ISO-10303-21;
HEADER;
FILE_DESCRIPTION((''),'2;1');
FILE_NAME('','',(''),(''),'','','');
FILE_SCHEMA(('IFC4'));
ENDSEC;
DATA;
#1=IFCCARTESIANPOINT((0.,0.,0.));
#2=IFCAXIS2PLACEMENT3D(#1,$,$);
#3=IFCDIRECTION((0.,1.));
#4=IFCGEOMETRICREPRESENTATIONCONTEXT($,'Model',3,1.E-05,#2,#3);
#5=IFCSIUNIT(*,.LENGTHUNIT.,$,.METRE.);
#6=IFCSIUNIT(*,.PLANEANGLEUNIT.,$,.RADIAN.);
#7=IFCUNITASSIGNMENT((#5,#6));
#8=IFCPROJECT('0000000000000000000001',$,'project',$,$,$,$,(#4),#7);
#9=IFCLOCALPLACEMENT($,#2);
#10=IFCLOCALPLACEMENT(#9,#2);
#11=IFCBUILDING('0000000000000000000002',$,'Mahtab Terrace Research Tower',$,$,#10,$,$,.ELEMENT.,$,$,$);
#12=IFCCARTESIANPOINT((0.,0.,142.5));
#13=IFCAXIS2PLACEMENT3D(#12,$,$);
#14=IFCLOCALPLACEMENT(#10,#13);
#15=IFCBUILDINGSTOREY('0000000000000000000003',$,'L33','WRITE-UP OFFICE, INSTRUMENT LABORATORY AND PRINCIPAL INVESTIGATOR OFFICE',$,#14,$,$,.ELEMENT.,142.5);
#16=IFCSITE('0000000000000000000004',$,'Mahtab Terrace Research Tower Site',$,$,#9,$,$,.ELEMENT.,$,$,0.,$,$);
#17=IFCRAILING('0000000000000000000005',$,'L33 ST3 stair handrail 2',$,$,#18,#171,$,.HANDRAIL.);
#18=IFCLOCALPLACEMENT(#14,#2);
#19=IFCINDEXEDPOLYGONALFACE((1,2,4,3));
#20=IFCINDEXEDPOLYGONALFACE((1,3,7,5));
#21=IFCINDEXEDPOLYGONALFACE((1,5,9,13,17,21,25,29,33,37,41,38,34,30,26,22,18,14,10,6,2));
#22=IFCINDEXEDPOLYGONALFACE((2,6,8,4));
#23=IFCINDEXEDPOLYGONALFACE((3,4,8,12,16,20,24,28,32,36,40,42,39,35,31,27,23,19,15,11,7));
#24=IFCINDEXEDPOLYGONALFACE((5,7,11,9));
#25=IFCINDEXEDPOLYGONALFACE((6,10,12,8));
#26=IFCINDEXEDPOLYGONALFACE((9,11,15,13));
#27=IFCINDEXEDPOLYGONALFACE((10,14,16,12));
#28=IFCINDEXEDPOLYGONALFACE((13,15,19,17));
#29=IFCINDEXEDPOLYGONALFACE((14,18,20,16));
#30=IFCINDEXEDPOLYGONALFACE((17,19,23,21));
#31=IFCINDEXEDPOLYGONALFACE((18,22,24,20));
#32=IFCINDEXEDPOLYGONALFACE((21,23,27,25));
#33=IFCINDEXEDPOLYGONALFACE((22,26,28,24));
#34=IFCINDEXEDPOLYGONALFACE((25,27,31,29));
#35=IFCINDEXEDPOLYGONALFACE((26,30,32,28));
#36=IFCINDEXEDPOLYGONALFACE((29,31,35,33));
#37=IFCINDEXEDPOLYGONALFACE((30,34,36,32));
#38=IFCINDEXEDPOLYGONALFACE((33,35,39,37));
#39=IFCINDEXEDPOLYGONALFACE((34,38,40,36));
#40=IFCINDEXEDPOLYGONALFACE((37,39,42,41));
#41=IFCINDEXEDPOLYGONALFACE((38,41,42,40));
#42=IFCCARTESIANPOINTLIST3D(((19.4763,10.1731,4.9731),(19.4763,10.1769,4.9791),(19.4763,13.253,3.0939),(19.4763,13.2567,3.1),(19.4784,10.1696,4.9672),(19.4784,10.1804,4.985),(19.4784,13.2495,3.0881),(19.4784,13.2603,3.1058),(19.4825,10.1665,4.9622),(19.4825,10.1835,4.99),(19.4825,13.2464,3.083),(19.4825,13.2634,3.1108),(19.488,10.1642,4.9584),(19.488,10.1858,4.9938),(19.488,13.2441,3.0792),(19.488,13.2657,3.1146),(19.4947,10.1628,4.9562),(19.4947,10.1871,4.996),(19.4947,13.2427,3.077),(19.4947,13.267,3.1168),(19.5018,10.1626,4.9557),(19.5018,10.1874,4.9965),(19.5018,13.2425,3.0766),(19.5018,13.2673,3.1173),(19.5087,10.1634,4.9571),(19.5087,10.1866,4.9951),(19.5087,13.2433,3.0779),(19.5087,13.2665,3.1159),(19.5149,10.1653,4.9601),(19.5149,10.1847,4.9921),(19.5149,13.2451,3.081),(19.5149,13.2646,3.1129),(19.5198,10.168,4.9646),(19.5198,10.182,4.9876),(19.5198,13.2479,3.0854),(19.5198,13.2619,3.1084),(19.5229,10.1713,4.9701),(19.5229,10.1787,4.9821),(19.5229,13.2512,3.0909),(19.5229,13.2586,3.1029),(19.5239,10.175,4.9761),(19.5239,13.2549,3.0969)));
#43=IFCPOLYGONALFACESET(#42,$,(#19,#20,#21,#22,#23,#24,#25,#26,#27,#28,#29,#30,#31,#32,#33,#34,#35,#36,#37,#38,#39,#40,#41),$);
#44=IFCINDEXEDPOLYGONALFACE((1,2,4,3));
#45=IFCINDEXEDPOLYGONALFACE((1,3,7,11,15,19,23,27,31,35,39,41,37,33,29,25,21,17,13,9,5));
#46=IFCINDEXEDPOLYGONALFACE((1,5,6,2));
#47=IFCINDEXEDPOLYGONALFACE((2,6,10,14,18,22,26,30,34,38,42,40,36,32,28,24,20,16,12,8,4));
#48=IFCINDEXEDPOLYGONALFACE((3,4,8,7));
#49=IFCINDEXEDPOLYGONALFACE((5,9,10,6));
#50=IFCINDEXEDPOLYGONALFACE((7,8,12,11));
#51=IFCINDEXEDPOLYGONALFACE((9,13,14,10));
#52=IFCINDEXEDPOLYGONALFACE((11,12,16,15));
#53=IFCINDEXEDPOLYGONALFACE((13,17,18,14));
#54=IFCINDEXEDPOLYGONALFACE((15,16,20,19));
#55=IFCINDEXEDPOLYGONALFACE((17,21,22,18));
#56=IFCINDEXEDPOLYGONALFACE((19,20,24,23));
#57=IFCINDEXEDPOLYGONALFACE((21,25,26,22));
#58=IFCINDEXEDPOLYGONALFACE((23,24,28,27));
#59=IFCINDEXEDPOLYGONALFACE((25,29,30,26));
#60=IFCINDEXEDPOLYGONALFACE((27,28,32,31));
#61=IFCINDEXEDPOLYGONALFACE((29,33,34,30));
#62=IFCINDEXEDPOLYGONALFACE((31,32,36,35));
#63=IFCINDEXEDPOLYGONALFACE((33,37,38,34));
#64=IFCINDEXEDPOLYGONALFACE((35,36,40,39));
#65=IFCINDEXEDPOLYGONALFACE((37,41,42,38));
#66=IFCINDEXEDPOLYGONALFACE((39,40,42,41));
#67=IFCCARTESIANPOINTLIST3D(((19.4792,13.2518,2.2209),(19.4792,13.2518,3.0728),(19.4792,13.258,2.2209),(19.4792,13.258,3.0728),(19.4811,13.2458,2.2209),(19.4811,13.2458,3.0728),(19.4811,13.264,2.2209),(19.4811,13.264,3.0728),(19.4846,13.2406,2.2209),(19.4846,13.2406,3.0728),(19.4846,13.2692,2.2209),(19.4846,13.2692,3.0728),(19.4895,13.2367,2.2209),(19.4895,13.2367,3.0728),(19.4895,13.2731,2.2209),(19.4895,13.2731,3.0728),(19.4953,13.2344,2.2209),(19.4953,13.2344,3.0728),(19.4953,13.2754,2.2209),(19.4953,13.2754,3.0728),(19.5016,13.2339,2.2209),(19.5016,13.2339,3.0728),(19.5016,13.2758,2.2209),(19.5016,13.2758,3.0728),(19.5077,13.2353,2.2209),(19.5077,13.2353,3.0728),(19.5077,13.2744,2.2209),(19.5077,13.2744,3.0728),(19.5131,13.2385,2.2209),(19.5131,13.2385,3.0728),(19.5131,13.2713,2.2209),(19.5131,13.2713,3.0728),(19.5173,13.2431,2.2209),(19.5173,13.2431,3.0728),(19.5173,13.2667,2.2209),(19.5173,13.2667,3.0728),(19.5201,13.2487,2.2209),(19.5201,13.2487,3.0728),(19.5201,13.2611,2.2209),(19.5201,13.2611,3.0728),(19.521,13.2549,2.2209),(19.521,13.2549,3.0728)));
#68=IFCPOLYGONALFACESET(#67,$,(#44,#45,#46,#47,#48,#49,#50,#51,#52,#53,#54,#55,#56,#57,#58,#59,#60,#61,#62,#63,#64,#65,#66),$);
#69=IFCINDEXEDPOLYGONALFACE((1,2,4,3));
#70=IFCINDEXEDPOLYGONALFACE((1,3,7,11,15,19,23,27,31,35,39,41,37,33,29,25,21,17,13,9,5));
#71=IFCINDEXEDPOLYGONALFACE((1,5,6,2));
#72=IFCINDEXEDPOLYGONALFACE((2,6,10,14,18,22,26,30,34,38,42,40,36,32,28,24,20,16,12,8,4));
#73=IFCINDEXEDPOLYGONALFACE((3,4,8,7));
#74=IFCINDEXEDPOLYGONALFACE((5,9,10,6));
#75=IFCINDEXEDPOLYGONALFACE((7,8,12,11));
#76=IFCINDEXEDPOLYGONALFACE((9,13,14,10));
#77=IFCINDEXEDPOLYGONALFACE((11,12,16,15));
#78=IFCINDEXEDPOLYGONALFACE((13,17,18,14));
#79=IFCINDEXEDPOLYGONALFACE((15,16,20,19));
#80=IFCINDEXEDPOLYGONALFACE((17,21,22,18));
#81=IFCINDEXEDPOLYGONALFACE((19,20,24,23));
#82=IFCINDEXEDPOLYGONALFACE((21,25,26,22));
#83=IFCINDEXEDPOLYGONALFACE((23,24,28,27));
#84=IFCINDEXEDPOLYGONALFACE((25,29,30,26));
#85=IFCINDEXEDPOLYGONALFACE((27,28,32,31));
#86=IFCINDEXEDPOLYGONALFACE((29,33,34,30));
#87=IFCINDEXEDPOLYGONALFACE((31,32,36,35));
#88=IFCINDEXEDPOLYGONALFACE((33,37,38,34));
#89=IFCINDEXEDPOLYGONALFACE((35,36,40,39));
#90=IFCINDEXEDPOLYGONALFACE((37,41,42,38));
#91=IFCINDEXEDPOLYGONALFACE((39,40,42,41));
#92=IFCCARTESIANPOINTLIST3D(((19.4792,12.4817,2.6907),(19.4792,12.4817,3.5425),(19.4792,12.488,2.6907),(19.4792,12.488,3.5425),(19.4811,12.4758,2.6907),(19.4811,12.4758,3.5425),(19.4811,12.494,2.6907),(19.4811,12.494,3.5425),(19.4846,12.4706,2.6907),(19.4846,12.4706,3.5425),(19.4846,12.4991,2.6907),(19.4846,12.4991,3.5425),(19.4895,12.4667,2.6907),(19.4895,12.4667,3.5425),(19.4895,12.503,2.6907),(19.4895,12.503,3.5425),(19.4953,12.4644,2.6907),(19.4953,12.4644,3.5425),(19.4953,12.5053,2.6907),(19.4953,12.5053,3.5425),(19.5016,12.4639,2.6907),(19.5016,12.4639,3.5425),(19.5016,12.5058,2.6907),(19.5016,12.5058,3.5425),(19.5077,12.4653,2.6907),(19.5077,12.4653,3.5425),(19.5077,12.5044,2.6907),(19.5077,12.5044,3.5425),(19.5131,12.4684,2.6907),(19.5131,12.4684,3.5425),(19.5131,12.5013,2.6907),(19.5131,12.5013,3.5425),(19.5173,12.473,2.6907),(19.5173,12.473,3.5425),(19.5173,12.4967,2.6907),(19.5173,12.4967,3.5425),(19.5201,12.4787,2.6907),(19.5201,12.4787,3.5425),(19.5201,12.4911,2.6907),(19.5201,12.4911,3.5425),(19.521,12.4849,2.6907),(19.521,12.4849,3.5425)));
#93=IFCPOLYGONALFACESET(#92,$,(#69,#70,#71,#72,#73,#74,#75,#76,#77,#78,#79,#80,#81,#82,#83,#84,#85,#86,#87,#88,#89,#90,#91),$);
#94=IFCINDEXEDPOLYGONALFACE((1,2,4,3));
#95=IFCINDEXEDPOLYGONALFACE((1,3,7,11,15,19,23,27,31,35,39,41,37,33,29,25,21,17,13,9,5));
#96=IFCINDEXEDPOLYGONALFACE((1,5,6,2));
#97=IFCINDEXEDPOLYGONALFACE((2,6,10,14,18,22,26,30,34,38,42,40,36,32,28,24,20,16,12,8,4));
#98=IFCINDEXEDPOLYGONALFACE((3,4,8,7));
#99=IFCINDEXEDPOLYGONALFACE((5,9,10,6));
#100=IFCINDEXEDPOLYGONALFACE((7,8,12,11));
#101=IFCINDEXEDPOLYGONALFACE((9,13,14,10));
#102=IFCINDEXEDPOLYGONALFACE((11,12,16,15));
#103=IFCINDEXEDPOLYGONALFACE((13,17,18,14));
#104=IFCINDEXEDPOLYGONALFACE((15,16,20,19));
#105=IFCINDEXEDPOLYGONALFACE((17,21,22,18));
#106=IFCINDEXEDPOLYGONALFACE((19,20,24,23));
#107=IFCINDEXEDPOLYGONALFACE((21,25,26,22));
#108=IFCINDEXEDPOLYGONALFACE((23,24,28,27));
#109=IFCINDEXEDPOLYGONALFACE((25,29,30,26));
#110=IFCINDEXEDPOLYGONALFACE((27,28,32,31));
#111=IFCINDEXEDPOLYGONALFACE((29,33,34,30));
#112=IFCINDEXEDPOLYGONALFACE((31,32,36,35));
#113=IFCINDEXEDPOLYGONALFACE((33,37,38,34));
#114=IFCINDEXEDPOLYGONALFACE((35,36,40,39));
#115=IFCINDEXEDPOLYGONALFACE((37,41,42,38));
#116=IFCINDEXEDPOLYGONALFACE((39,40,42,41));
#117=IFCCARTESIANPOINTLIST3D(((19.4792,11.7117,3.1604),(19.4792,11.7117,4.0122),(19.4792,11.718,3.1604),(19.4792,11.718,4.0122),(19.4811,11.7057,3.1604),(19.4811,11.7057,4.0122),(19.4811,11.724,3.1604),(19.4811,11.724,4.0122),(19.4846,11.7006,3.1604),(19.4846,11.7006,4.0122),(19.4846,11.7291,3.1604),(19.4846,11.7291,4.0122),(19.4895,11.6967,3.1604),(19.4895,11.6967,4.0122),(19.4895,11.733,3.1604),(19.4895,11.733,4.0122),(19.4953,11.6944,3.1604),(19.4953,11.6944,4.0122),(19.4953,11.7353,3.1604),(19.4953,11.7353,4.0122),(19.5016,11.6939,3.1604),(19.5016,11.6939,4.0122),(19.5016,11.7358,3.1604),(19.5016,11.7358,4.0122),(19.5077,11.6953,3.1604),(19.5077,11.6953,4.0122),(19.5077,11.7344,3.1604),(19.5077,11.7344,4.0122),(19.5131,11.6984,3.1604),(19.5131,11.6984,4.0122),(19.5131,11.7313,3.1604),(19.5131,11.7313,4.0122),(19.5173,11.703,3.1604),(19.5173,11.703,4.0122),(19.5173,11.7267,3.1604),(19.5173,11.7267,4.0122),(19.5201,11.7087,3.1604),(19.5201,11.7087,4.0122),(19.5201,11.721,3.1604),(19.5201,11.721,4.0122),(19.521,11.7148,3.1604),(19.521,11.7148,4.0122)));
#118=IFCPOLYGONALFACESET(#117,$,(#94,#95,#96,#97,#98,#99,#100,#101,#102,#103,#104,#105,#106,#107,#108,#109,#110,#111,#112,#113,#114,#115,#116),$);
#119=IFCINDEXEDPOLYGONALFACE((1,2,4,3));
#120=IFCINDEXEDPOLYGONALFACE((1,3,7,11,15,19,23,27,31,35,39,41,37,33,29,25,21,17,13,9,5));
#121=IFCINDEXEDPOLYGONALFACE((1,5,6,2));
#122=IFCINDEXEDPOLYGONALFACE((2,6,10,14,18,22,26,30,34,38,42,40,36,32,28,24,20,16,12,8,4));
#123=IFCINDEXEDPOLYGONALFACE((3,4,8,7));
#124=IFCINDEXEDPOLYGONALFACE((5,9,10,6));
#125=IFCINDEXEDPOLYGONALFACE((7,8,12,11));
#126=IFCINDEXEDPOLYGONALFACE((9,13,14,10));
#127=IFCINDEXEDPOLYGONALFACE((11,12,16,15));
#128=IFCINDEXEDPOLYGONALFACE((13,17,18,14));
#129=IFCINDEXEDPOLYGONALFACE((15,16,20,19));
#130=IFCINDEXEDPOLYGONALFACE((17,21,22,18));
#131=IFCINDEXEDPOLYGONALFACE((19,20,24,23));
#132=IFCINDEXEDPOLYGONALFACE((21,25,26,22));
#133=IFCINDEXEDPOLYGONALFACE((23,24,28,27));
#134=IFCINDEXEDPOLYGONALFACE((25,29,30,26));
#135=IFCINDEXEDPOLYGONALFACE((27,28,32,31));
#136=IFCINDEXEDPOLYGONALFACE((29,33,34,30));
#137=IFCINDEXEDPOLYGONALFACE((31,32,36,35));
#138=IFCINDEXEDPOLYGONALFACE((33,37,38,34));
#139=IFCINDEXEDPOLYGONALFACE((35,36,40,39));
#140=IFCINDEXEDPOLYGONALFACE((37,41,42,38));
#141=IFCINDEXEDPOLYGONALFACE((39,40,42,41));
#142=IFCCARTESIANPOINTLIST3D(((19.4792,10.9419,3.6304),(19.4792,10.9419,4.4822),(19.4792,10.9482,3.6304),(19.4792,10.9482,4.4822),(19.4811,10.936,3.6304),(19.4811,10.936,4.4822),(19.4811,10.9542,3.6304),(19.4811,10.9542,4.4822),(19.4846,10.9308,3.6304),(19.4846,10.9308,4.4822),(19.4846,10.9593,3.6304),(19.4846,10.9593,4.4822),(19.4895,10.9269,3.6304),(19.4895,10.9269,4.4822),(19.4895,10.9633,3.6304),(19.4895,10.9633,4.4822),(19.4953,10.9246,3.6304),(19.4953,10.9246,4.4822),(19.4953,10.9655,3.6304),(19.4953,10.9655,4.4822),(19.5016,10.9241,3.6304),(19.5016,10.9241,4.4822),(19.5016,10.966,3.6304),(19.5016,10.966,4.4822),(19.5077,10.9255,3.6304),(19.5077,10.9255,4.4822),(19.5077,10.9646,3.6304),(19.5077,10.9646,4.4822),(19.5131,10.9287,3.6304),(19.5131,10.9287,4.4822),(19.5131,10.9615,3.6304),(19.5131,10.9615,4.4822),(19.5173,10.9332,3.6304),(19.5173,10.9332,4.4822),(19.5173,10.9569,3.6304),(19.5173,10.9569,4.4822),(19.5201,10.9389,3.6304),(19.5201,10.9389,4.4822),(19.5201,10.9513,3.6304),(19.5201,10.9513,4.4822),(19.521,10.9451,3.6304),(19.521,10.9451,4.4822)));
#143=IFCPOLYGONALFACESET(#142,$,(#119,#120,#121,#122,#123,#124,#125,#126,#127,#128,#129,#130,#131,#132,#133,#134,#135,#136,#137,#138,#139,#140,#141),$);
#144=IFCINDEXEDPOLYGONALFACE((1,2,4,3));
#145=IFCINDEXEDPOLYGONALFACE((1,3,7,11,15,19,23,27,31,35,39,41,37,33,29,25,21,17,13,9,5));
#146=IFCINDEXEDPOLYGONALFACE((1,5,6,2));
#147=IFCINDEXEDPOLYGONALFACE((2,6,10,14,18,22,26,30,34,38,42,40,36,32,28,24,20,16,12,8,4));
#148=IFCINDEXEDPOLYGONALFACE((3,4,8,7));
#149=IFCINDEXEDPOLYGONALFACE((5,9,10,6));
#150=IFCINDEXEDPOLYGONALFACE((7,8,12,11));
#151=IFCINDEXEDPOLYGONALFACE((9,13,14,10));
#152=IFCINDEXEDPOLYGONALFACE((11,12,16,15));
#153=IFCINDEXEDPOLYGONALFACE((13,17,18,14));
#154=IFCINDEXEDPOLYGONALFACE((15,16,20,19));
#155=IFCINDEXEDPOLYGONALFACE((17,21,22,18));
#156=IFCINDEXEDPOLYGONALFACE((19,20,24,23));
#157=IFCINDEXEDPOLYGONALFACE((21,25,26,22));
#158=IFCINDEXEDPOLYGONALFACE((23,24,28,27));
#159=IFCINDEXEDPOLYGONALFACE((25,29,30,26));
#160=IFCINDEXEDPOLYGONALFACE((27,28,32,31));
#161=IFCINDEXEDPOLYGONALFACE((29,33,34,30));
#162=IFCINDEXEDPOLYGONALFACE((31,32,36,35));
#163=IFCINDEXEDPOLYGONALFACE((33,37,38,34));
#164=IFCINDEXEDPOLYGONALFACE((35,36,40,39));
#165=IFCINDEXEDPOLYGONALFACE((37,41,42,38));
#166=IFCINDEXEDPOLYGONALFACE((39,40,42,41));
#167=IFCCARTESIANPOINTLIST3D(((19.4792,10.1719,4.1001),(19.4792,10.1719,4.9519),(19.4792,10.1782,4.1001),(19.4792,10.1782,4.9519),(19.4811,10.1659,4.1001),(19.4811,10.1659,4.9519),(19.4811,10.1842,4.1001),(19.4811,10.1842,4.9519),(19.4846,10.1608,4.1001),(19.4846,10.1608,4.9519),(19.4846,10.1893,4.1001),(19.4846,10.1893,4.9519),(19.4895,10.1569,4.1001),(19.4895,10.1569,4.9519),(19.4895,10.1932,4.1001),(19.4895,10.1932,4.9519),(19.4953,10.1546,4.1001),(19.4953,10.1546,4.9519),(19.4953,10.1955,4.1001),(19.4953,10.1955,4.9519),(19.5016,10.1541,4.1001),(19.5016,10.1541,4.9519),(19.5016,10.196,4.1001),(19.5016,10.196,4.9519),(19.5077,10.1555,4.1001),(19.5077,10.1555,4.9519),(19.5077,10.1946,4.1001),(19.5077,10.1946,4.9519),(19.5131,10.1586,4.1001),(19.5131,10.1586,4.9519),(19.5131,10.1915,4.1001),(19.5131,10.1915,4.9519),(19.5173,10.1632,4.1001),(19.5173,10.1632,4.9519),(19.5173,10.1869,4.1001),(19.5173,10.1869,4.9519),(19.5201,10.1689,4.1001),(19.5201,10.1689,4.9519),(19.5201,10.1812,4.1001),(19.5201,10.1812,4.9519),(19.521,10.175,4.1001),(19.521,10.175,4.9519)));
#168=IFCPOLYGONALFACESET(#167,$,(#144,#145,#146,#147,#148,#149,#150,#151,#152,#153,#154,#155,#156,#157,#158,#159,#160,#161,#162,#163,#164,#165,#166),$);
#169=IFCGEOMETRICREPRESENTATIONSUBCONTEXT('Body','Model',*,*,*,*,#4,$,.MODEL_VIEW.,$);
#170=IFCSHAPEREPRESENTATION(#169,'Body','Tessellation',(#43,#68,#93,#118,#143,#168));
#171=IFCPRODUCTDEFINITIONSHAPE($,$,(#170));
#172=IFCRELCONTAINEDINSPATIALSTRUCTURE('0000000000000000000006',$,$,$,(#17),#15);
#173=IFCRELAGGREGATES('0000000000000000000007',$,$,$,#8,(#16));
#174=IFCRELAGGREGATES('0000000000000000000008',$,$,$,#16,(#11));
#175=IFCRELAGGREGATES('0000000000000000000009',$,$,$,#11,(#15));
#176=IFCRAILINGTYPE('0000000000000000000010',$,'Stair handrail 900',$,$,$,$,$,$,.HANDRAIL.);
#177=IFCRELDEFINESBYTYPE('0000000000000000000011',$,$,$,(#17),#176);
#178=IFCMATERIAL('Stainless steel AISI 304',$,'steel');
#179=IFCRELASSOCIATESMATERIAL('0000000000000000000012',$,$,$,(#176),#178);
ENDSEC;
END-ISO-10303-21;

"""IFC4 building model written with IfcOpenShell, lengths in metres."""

from ifc_helpers import new_model, si_unit, direction, frame, origin, origin_2d, place, context, subcontext, project, spatial, circle, extrude, material, type_object, element, save


model = new_model("IFC4")

# Units and contexts
model_context = context("Model", 3, precision=1e-05, world=origin(), true_north=direction((0.0, 1.0)))
body_context = subcontext(model_context, "Body", "Model", "MODEL_VIEW")
ifc_project = project(units=[si_unit("LENGTHUNIT", "METRE"), si_unit("PLANEANGLEUNIT", "RADIAN")], contexts=[model_context])

# Site, building, storey
site_placement = place(None, origin())
site = spatial("IfcSite", under=ifc_project, at=site_placement, Name="Mahtab Terrace Research Tower Site", CompositionType="ELEMENT", RefElevation=0.0)
building_placement = place(site_placement, origin())
building = spatial("IfcBuilding", under=site, at=building_placement, Name="Mahtab Terrace Research Tower", CompositionType="ELEMENT")
storey_placement = place(building_placement, frame((0.0, 0.0, 142.5)))
storey = spatial("IfcBuildingStorey", under=building, at=storey_placement, Name="L33", Description="WRITE-UP OFFICE, INSTRUMENT LABORATORY AND PRINCIPAL INVESTIGATOR OFFICE", CompositionType="ELEMENT", Elevation=142.5)

# Railing
ifc_material_1 = material(Name="Stainless steel AISI 304", Category="steel")
railing_type_1 = type_object("IfcRailingType", Name="Stair handrail 900", PredefinedType="HANDRAIL", material=ifc_material_1)
railing_1_placement = place(storey_placement, frame((19.5, 13.2549, 2.2209)))
element("IfcRailing", 1, at=railing_1_placement, inside=storey, type_object=railing_type_1, Name="L33 ST3 stair handrail 2", PredefinedType="HANDRAIL", context=body_context, shape_type="SweptSolid", body=[
    extrude(circle(Radius=0.0239, at=origin_2d()), frame((0.0, 0.0, 0.876), z_axis=(0.0, -0.853648, 0.52085), x_axis=(1.0, 0.0, 0.0)), (0.0, 0.0, 1.0), 3.6079),
    extrude(circle(Radius=0.021, at=origin_2d()), origin(), (0.0, 0.0, 1.0), 0.8518),
    extrude(circle(Radius=0.021, at=origin_2d()), frame((0.0, -0.77, 0.4697)), (0.0, 0.0, 1.0), 0.8518),
    extrude(circle(Radius=0.021, at=origin_2d()), frame((0.0, -1.54, 0.9395)), (0.0, 0.0, 1.0), 0.8518),
    extrude(circle(Radius=0.021, at=origin_2d()), frame((0.0, -2.3098, 1.4094)), (0.0, 0.0, 1.0), 0.8518),
    extrude(circle(Radius=0.021, at=origin_2d()), frame((0.0, -3.0798, 1.8792)), (0.0, 0.0, 1.0), 0.8518),
])

save(model, "model.ifc")
